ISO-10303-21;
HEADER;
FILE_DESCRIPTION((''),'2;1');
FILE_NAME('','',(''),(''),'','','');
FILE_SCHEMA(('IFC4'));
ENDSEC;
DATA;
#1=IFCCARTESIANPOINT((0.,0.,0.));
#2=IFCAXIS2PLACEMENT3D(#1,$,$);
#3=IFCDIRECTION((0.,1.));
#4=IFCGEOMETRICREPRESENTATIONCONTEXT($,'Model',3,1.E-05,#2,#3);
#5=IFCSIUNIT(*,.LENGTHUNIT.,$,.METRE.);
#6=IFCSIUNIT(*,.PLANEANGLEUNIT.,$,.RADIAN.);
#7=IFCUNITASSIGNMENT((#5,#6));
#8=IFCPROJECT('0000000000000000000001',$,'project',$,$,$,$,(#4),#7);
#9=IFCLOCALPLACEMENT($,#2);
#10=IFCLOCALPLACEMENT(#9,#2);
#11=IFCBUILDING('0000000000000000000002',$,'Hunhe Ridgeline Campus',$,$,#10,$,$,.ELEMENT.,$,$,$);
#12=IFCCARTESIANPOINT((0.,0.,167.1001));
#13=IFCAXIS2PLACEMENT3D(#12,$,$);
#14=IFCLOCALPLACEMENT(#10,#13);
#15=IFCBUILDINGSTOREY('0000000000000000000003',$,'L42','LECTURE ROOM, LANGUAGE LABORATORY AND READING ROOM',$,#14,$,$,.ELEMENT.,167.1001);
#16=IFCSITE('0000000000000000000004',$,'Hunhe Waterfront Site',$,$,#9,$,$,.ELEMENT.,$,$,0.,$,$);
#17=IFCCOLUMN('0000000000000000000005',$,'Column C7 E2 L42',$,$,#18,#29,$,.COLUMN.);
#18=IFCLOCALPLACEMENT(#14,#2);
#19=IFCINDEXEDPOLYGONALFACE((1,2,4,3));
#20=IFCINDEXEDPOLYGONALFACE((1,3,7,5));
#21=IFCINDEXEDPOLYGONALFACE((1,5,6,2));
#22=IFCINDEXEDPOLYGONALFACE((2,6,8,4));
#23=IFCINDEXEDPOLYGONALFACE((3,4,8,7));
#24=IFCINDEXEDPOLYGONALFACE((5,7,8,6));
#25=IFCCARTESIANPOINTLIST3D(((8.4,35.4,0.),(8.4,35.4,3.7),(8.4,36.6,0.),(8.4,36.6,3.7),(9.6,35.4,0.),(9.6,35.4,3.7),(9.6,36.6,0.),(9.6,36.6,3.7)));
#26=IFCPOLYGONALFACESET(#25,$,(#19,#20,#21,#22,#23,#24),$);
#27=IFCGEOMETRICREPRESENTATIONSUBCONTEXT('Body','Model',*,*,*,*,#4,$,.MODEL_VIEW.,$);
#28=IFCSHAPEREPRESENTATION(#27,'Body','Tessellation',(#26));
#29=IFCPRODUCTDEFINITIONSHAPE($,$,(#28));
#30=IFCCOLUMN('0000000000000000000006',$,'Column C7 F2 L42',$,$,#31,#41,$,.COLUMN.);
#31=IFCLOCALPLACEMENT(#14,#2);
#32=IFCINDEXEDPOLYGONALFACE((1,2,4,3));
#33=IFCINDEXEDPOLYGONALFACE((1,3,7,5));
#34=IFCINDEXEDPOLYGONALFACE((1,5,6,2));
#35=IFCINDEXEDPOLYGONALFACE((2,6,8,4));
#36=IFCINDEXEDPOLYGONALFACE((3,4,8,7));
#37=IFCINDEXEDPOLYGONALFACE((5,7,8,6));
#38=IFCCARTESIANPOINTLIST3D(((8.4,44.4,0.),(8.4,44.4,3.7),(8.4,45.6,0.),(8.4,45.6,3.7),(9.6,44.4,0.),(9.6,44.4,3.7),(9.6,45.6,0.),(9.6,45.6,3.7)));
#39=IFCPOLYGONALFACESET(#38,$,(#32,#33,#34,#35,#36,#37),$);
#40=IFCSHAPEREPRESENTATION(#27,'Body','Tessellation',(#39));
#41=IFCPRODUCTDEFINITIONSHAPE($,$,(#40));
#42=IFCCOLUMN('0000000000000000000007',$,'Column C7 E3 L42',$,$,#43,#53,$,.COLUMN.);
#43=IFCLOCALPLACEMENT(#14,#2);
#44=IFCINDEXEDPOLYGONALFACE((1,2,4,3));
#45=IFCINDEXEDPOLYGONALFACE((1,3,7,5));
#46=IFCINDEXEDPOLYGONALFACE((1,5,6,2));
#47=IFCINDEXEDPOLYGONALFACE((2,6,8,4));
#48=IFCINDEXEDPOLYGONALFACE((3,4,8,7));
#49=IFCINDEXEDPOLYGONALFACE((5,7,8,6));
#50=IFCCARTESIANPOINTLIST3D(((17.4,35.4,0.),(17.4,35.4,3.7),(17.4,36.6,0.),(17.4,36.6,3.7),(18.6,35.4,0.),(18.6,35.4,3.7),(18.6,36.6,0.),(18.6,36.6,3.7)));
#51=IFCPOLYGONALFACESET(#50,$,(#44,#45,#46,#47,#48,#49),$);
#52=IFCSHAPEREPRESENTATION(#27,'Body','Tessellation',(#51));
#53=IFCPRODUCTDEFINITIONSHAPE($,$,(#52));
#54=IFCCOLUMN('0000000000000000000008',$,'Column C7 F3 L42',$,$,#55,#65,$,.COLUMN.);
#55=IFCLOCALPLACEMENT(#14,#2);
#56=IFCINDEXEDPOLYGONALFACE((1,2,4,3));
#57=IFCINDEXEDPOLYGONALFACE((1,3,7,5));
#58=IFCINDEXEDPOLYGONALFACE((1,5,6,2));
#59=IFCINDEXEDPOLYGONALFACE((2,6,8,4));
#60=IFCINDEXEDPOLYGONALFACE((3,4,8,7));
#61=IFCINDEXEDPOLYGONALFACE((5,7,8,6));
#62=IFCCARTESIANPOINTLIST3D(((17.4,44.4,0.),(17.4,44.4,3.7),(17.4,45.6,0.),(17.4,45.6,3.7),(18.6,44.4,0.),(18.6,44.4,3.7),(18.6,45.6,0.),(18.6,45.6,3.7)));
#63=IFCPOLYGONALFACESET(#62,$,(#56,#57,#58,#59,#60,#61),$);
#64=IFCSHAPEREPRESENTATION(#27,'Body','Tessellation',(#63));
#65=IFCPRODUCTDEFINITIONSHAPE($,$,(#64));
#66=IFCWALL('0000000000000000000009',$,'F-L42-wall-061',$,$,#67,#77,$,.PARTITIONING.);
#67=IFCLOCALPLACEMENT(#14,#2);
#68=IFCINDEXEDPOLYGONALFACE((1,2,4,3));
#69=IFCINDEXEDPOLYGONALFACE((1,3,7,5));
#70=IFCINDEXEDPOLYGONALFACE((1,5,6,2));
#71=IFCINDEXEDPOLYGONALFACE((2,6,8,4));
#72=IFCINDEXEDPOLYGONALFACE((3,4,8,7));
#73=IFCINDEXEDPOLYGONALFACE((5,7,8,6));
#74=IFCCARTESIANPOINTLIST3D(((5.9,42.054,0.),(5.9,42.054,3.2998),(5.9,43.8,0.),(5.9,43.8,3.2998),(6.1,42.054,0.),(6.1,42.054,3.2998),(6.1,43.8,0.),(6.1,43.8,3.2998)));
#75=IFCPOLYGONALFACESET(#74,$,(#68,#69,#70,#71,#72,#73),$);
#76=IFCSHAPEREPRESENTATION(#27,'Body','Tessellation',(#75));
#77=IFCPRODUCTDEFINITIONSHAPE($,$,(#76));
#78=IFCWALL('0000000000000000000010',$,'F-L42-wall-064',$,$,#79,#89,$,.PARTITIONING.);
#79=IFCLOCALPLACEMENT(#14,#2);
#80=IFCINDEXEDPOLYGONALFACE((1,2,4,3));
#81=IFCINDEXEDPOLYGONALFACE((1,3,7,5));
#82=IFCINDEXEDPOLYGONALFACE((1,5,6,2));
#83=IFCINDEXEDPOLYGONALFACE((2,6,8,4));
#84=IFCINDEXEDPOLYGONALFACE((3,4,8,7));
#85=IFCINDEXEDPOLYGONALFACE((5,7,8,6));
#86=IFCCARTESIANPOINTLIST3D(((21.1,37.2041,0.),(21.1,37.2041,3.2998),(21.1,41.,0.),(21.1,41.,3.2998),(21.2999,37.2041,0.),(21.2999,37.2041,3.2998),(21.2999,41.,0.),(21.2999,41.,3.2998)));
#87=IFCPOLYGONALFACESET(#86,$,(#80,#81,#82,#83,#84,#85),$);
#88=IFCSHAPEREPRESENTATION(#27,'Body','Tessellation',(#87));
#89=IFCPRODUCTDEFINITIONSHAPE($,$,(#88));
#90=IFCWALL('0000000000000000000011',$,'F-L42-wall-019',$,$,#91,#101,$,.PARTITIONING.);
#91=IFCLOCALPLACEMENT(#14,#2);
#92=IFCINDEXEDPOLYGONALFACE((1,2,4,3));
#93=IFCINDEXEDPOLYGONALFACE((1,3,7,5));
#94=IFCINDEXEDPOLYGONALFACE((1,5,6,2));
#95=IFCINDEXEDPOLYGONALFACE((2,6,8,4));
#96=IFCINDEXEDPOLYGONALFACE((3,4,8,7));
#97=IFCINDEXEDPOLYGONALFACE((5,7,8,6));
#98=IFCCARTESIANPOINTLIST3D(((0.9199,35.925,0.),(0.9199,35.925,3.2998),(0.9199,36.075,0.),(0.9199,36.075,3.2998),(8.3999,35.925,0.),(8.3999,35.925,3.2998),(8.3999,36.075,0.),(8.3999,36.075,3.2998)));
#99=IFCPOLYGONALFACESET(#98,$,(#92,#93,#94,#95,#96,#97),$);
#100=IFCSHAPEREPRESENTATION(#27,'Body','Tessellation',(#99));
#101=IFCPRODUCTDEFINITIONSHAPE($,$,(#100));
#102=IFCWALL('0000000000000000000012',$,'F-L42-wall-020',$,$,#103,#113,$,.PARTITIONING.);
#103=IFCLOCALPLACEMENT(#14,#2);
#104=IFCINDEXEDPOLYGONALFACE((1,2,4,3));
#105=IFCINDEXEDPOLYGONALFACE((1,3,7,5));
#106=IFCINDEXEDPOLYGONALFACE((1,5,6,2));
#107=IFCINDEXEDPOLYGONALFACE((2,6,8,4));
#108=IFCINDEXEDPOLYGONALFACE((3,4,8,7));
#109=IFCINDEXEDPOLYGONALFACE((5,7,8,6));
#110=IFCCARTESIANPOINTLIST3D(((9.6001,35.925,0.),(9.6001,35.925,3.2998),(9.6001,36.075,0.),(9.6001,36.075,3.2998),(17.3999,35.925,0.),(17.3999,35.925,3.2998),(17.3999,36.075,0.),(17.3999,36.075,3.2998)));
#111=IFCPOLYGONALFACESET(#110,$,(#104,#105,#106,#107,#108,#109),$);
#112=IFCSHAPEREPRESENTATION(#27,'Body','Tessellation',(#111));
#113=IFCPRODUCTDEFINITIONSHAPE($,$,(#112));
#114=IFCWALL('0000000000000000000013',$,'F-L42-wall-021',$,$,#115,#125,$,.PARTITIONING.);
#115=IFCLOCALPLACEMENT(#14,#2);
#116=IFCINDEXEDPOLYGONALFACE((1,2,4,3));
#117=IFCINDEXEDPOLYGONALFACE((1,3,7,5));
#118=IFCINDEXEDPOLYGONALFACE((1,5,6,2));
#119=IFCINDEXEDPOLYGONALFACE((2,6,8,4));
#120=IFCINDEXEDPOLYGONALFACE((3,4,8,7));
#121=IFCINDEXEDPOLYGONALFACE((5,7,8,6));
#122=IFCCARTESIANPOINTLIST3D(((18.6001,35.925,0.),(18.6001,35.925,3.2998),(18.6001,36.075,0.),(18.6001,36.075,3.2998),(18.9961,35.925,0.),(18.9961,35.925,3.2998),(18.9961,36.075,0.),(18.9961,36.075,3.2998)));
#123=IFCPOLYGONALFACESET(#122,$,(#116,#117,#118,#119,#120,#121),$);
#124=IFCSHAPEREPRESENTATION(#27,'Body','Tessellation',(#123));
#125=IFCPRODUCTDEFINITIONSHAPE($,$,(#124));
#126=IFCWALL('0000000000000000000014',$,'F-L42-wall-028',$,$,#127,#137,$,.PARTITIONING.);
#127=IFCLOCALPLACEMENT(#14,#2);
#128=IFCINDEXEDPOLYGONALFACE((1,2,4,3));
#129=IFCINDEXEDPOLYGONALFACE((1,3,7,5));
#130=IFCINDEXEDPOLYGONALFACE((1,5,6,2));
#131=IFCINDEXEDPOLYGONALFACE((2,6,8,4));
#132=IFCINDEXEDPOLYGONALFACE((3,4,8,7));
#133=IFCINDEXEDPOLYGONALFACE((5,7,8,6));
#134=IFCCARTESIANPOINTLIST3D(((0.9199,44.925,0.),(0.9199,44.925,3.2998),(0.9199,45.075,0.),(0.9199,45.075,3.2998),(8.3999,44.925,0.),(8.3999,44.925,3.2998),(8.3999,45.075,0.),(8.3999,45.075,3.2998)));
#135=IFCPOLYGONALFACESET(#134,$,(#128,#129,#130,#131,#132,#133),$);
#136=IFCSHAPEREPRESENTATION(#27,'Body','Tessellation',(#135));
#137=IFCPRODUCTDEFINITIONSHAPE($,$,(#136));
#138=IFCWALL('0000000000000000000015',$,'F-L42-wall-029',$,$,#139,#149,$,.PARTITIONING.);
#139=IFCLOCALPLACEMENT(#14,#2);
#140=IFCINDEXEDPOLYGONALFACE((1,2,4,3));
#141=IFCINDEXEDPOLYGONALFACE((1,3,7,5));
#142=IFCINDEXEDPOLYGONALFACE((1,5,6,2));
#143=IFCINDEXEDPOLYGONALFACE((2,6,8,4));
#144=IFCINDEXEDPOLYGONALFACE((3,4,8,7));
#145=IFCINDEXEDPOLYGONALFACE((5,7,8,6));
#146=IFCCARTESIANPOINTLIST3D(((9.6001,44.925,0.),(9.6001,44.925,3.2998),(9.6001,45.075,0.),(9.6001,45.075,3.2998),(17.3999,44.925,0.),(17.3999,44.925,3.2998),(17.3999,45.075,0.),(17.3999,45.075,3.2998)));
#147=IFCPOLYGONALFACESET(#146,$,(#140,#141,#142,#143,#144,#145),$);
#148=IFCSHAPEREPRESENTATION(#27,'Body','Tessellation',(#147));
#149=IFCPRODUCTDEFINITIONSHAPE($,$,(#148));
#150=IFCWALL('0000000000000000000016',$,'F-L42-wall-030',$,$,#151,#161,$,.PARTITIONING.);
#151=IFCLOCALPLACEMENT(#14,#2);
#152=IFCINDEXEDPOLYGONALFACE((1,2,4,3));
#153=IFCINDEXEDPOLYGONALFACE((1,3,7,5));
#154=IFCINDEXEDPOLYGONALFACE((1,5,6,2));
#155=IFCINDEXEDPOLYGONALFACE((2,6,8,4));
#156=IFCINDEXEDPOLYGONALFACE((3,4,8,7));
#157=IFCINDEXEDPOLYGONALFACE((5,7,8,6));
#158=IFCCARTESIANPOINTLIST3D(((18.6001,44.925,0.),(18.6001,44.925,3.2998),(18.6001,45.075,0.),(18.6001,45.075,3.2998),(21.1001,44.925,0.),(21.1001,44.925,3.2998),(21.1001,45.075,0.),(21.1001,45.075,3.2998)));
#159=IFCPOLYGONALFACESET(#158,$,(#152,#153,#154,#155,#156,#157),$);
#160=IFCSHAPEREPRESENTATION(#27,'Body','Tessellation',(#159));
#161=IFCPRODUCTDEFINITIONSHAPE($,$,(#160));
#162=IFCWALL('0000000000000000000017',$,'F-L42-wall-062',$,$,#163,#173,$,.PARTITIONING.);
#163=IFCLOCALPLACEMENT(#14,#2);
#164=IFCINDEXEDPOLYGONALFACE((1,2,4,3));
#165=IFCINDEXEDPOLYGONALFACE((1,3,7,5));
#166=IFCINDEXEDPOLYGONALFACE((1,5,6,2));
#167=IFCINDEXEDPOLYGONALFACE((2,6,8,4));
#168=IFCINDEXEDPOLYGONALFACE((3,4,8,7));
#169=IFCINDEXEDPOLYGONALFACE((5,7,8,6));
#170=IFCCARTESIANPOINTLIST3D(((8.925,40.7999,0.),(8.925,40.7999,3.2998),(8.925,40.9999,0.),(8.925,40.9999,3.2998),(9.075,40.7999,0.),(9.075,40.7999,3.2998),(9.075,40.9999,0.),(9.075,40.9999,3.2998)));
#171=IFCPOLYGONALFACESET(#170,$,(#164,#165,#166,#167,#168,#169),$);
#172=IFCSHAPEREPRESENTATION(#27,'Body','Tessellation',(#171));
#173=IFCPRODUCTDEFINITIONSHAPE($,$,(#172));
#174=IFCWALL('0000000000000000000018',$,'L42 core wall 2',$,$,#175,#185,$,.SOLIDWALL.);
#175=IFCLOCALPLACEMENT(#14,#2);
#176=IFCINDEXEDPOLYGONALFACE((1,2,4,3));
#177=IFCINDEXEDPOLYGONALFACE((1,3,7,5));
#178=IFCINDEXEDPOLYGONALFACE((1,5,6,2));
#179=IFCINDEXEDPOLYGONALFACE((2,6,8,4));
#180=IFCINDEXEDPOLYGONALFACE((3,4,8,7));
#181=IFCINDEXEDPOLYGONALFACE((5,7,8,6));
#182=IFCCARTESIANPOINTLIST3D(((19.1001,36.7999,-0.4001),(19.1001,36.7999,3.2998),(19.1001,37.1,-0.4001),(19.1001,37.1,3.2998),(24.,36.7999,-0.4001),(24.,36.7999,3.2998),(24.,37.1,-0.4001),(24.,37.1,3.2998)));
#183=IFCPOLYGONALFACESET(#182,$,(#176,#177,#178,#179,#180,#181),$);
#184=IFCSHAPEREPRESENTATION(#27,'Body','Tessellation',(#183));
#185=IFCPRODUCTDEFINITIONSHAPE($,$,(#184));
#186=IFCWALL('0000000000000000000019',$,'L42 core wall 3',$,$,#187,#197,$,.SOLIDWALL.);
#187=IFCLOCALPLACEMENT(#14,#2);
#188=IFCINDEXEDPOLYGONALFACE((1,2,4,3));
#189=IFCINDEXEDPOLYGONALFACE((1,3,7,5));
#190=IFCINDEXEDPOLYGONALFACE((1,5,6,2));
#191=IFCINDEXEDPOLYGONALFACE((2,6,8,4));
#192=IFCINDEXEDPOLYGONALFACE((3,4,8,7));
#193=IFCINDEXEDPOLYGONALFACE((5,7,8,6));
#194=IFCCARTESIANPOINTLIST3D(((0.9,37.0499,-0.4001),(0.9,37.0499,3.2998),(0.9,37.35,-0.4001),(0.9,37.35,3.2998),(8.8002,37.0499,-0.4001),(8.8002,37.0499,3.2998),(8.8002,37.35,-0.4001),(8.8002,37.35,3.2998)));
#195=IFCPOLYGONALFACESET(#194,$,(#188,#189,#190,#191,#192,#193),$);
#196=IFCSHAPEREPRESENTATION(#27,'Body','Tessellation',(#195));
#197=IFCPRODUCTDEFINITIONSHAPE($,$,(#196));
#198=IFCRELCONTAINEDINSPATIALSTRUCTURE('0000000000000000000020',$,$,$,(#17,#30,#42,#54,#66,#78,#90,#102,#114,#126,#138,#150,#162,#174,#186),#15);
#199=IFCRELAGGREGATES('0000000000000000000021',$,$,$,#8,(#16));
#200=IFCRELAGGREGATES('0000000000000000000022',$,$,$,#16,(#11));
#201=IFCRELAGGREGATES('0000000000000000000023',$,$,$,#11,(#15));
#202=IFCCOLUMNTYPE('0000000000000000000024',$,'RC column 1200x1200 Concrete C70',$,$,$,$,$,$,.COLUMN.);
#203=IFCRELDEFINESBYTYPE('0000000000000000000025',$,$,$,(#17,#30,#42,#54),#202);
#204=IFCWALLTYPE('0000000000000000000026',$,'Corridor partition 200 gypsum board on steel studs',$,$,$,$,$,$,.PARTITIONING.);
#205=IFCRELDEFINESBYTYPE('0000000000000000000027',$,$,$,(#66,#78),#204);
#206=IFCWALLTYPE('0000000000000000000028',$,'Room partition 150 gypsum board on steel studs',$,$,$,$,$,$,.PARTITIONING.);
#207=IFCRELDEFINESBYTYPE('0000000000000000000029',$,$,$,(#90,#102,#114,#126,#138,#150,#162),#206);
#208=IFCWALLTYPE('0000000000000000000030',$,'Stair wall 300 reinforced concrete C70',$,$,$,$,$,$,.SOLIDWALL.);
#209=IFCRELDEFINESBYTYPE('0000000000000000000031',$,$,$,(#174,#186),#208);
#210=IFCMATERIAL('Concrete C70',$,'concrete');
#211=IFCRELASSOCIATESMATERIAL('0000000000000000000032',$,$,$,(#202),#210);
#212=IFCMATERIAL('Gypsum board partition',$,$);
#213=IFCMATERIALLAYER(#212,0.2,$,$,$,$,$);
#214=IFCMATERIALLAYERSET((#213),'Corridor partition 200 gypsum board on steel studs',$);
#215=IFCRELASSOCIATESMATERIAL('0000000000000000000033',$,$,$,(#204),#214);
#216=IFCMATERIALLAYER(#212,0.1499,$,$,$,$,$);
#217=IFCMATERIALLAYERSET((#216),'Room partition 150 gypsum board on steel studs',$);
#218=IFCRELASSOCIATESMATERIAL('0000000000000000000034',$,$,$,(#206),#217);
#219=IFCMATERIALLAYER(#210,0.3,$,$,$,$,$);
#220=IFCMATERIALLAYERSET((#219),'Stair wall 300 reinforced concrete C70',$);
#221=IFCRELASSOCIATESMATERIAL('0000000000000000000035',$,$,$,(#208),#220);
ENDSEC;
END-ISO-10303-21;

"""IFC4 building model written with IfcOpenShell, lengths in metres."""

from ifc_helpers import new_model, si_unit, direction, frame, frame_2d, origin, origin_2d, place, context, subcontext, project, spatial, rectangle, extrude, material, layer, layer_set, material_profile, profile_set, type_object, element, save


model = new_model("IFC4")

# Units and contexts
model_context = context("Model", 3, precision=1e-05, world=origin(), true_north=direction((0.0, 1.0)))
body_context = subcontext(model_context, "Body", "Model", "MODEL_VIEW")
ifc_project = project(units=[si_unit("LENGTHUNIT", "METRE"), si_unit("PLANEANGLEUNIT", "RADIAN")], contexts=[model_context])

# Site, building, storey
site_placement = place(None, origin())
site = spatial("IfcSite", under=ifc_project, at=site_placement, Name="Hunhe Waterfront Site", CompositionType="ELEMENT", RefElevation=0.0)
building_placement = place(site_placement, origin())
building = spatial("IfcBuilding", under=site, at=building_placement, Name="Hunhe Ridgeline Campus", CompositionType="ELEMENT")
storey_placement = place(building_placement, frame((0.0, 0.0, 167.1001)))
storey = spatial("IfcBuildingStorey", under=building, at=storey_placement, Name="L42", Description="LECTURE ROOM, LANGUAGE LABORATORY AND READING ROOM", CompositionType="ELEMENT", Elevation=167.1001)

# Columns
ifc_material_1 = material(Name="Concrete C70", Category="concrete")
ifc_material_profile = material_profile(ifc_material_1, rectangle(XDim=1.2, YDim=1.2, at=origin_2d()))
ifc_profile_set = profile_set([ifc_material_profile], Name="Concrete C70")
column_type = type_object("IfcColumnType", Name="RC column 1200x1200 Concrete C70", PredefinedType="COLUMN", material=ifc_profile_set)
for number, where, z_axis, x_axis, name in (
    (1, (9.0, 36.0, 0.0), (0.0, 0.0, 1.0), (1.0, 0.0, 0.0), "Column C7 E2 L42"),
    (2, (9.0, 45.0, 0.0), (0.0, 0.0, 1.0), (1.0, 0.0, 0.0), "Column C7 F2 L42"),
    (3, (18.0, 36.0, 0.0), (0.0, 0.0, 1.0), (1.0, 0.0, 0.0), "Column C7 E3 L42"),
    (4, (18.0, 45.0, 0.0), (0.0, 0.0, 1.0), (1.0, 0.0, 0.0), "Column C7 F3 L42"),
):
    element("IfcColumn", number, at=place(storey_placement, frame(where, z_axis=z_axis, x_axis=x_axis)), inside=storey, type_object=column_type, Name=name, PredefinedType="COLUMN", context=body_context, shape_type="SweptSolid", body=[
        extrude(rectangle(XDim=1.2, YDim=1.2, at=origin_2d()), origin(), (0.0, 0.0, 1.0), 3.7),
    ])

# Shared definitions
ifc_material_2 = material(Name="Gypsum board partition")
ifc_layer_1 = layer(ifc_material_2, 0.2)
ifc_layer_set_1 = layer_set([ifc_layer_1], Name="Corridor partition 200 gypsum board on steel studs")
wall_type_1 = type_object("IfcWallType", Name="Corridor partition 200 gypsum board on steel studs", PredefinedType="PARTITIONING", material=ifc_layer_set_1)

# Walls
wall_1_placement = place(storey_placement, frame((6.0, 42.054, 0.0), z_axis=(0.0, 0.0, 1.0), x_axis=(0.0, 1.0, 0.0)))
element("IfcWall", 5, at=wall_1_placement, inside=storey, type_object=wall_type_1, Name="F-L42-wall-061", PredefinedType="PARTITIONING", context=body_context, shape_type="SweptSolid", body=[
    extrude(rectangle(XDim=1.7461, YDim=0.2, at=frame_2d((0.873, 0.0))), origin(), (0.0, 0.0, 1.0), 3.2998),
])
wall_2_placement = place(storey_placement, frame((21.2, 37.2041, 0.0), z_axis=(0.0, 0.0, 1.0), x_axis=(0.0, 1.0, 0.0)))
element("IfcWall", 6, at=wall_2_placement, inside=storey, type_object=wall_type_1, Name="F-L42-wall-064", PredefinedType="PARTITIONING", context=body_context, shape_type="SweptSolid", body=[
    extrude(rectangle(XDim=3.7959, YDim=0.2, at=frame_2d((1.8979, 0.0))), origin(), (0.0, 0.0, 1.0), 3.2998),
])

# Walls
ifc_layer_2 = layer(ifc_material_2, 0.1499)
ifc_layer_set_2 = layer_set([ifc_layer_2], Name="Room partition 150 gypsum board on steel studs")
wall_type_2 = type_object("IfcWallType", Name="Room partition 150 gypsum board on steel studs", PredefinedType="PARTITIONING", material=ifc_layer_set_2)
wall_3_placement = place(storey_placement, frame((0.9199, 36.0, 0.0), z_axis=(0.0, 0.0, 1.0), x_axis=(1.0, 0.0, 0.0)))
element("IfcWall", 7, at=wall_3_placement, inside=storey, type_object=wall_type_2, Name="F-L42-wall-019", PredefinedType="PARTITIONING", context=body_context, shape_type="SweptSolid", body=[
    extrude(rectangle(XDim=7.48, YDim=0.1499, at=frame_2d((3.74, 0.0))), origin(), (0.0, 0.0, 1.0), 3.2998),
])
wall_4_placement = place(storey_placement, frame((9.6001, 36.0, 0.0), z_axis=(0.0, 0.0, 1.0), x_axis=(1.0, 0.0, 0.0)))
element("IfcWall", 8, at=wall_4_placement, inside=storey, type_object=wall_type_2, Name="F-L42-wall-020", PredefinedType="PARTITIONING", context=body_context, shape_type="SweptSolid", body=[
    extrude(rectangle(XDim=7.7998, YDim=0.1499, at=frame_2d((3.8999, 0.0))), origin(), (0.0, 0.0, 1.0), 3.2998),
])
wall_5_placement = place(storey_placement, frame((18.6001, 36.0, 0.0), z_axis=(0.0, 0.0, 1.0), x_axis=(1.0, 0.0, 0.0)))
element("IfcWall", 9, at=wall_5_placement, inside=storey, type_object=wall_type_2, Name="F-L42-wall-021", PredefinedType="PARTITIONING", context=body_context, shape_type="SweptSolid", body=[
    extrude(rectangle(XDim=0.396, YDim=0.1499, at=frame_2d((0.198, 0.0))), origin(), (0.0, 0.0, 1.0), 3.2998),
])
wall_6_placement = place(storey_placement, frame((0.9199, 45.0, 0.0), z_axis=(0.0, 0.0, 1.0), x_axis=(1.0, 0.0, 0.0)))
element("IfcWall", 10, at=wall_6_placement, inside=storey, type_object=wall_type_2, Name="F-L42-wall-028", PredefinedType="PARTITIONING", context=body_context, shape_type="SweptSolid", body=[
    extrude(rectangle(XDim=7.48, YDim=0.1499, at=frame_2d((3.74, 0.0))), origin(), (0.0, 0.0, 1.0), 3.2998),
])
wall_7_placement = place(storey_placement, frame((9.6001, 45.0, 0.0), z_axis=(0.0, 0.0, 1.0), x_axis=(1.0, 0.0, 0.0)))
element("IfcWall", 11, at=wall_7_placement, inside=storey, type_object=wall_type_2, Name="F-L42-wall-029", PredefinedType="PARTITIONING", context=body_context, shape_type="SweptSolid", body=[
    extrude(rectangle(XDim=7.7998, YDim=0.1499, at=frame_2d((3.8999, 0.0))), origin(), (0.0, 0.0, 1.0), 3.2998),
])
wall_8_placement = place(storey_placement, frame((18.6001, 45.0, 0.0), z_axis=(0.0, 0.0, 1.0), x_axis=(1.0, 0.0, 0.0)))
element("IfcWall", 12, at=wall_8_placement, inside=storey, type_object=wall_type_2, Name="F-L42-wall-030", PredefinedType="PARTITIONING", context=body_context, shape_type="SweptSolid", body=[
    extrude(rectangle(XDim=2.5, YDim=0.1499, at=frame_2d((1.25, 0.0))), origin(), (0.0, 0.0, 1.0), 3.2998),
])
wall_9_placement = place(storey_placement, frame((9.0, 41.0, 0.0), z_axis=(0.0, 0.0, 1.0), x_axis=(0.0, -1.0, 0.0)))
element("IfcWall", 13, at=wall_9_placement, inside=storey, type_object=wall_type_2, Name="F-L42-wall-062", PredefinedType="PARTITIONING", context=body_context, shape_type="SweptSolid", body=[
    extrude(rectangle(XDim=0.2, YDim=0.1499, at=frame_2d((0.1001, 0.0))), origin(), (0.0, 0.0, 1.0), 3.2998),
])
ifc_layer_3 = layer(ifc_material_1, 0.3)
ifc_layer_set_3 = layer_set([ifc_layer_3], Name="Stair wall 300 reinforced concrete C70")
wall_type_3 = type_object("IfcWallType", Name="Stair wall 300 reinforced concrete C70", PredefinedType="SOLIDWALL", material=ifc_layer_set_3)
wall_10_placement = place(storey_placement, frame((19.1001, 36.95, -0.4001), z_axis=(0.0, 0.0, 1.0), x_axis=(1.0, 0.0, 0.0)))
element("IfcWall", 14, at=wall_10_placement, inside=storey, type_object=wall_type_3, Name="L42 core wall 2", PredefinedType="SOLIDWALL", context=body_context, shape_type="SweptSolid", body=[
    extrude(rectangle(XDim=4.8999, YDim=0.3, at=frame_2d((2.45, 0.0))), origin(), (0.0, 0.0, 1.0), 3.7),
])
wall_11_placement = place(storey_placement, frame((0.8999, 37.2, -0.4001), z_axis=(0.0, 0.0, 1.0), x_axis=(1.0, 0.0, 0.0)))
element("IfcWall", 15, at=wall_11_placement, inside=storey, type_object=wall_type_3, Name="L42 core wall 3", PredefinedType="SOLIDWALL", context=body_context, shape_type="SweptSolid", body=[
    extrude(rectangle(XDim=7.9001, YDim=0.3, at=frame_2d((3.9502, 0.0))), origin(), (0.0, 0.0, 1.0), 3.7),
])

save(model, "model.ifc")
